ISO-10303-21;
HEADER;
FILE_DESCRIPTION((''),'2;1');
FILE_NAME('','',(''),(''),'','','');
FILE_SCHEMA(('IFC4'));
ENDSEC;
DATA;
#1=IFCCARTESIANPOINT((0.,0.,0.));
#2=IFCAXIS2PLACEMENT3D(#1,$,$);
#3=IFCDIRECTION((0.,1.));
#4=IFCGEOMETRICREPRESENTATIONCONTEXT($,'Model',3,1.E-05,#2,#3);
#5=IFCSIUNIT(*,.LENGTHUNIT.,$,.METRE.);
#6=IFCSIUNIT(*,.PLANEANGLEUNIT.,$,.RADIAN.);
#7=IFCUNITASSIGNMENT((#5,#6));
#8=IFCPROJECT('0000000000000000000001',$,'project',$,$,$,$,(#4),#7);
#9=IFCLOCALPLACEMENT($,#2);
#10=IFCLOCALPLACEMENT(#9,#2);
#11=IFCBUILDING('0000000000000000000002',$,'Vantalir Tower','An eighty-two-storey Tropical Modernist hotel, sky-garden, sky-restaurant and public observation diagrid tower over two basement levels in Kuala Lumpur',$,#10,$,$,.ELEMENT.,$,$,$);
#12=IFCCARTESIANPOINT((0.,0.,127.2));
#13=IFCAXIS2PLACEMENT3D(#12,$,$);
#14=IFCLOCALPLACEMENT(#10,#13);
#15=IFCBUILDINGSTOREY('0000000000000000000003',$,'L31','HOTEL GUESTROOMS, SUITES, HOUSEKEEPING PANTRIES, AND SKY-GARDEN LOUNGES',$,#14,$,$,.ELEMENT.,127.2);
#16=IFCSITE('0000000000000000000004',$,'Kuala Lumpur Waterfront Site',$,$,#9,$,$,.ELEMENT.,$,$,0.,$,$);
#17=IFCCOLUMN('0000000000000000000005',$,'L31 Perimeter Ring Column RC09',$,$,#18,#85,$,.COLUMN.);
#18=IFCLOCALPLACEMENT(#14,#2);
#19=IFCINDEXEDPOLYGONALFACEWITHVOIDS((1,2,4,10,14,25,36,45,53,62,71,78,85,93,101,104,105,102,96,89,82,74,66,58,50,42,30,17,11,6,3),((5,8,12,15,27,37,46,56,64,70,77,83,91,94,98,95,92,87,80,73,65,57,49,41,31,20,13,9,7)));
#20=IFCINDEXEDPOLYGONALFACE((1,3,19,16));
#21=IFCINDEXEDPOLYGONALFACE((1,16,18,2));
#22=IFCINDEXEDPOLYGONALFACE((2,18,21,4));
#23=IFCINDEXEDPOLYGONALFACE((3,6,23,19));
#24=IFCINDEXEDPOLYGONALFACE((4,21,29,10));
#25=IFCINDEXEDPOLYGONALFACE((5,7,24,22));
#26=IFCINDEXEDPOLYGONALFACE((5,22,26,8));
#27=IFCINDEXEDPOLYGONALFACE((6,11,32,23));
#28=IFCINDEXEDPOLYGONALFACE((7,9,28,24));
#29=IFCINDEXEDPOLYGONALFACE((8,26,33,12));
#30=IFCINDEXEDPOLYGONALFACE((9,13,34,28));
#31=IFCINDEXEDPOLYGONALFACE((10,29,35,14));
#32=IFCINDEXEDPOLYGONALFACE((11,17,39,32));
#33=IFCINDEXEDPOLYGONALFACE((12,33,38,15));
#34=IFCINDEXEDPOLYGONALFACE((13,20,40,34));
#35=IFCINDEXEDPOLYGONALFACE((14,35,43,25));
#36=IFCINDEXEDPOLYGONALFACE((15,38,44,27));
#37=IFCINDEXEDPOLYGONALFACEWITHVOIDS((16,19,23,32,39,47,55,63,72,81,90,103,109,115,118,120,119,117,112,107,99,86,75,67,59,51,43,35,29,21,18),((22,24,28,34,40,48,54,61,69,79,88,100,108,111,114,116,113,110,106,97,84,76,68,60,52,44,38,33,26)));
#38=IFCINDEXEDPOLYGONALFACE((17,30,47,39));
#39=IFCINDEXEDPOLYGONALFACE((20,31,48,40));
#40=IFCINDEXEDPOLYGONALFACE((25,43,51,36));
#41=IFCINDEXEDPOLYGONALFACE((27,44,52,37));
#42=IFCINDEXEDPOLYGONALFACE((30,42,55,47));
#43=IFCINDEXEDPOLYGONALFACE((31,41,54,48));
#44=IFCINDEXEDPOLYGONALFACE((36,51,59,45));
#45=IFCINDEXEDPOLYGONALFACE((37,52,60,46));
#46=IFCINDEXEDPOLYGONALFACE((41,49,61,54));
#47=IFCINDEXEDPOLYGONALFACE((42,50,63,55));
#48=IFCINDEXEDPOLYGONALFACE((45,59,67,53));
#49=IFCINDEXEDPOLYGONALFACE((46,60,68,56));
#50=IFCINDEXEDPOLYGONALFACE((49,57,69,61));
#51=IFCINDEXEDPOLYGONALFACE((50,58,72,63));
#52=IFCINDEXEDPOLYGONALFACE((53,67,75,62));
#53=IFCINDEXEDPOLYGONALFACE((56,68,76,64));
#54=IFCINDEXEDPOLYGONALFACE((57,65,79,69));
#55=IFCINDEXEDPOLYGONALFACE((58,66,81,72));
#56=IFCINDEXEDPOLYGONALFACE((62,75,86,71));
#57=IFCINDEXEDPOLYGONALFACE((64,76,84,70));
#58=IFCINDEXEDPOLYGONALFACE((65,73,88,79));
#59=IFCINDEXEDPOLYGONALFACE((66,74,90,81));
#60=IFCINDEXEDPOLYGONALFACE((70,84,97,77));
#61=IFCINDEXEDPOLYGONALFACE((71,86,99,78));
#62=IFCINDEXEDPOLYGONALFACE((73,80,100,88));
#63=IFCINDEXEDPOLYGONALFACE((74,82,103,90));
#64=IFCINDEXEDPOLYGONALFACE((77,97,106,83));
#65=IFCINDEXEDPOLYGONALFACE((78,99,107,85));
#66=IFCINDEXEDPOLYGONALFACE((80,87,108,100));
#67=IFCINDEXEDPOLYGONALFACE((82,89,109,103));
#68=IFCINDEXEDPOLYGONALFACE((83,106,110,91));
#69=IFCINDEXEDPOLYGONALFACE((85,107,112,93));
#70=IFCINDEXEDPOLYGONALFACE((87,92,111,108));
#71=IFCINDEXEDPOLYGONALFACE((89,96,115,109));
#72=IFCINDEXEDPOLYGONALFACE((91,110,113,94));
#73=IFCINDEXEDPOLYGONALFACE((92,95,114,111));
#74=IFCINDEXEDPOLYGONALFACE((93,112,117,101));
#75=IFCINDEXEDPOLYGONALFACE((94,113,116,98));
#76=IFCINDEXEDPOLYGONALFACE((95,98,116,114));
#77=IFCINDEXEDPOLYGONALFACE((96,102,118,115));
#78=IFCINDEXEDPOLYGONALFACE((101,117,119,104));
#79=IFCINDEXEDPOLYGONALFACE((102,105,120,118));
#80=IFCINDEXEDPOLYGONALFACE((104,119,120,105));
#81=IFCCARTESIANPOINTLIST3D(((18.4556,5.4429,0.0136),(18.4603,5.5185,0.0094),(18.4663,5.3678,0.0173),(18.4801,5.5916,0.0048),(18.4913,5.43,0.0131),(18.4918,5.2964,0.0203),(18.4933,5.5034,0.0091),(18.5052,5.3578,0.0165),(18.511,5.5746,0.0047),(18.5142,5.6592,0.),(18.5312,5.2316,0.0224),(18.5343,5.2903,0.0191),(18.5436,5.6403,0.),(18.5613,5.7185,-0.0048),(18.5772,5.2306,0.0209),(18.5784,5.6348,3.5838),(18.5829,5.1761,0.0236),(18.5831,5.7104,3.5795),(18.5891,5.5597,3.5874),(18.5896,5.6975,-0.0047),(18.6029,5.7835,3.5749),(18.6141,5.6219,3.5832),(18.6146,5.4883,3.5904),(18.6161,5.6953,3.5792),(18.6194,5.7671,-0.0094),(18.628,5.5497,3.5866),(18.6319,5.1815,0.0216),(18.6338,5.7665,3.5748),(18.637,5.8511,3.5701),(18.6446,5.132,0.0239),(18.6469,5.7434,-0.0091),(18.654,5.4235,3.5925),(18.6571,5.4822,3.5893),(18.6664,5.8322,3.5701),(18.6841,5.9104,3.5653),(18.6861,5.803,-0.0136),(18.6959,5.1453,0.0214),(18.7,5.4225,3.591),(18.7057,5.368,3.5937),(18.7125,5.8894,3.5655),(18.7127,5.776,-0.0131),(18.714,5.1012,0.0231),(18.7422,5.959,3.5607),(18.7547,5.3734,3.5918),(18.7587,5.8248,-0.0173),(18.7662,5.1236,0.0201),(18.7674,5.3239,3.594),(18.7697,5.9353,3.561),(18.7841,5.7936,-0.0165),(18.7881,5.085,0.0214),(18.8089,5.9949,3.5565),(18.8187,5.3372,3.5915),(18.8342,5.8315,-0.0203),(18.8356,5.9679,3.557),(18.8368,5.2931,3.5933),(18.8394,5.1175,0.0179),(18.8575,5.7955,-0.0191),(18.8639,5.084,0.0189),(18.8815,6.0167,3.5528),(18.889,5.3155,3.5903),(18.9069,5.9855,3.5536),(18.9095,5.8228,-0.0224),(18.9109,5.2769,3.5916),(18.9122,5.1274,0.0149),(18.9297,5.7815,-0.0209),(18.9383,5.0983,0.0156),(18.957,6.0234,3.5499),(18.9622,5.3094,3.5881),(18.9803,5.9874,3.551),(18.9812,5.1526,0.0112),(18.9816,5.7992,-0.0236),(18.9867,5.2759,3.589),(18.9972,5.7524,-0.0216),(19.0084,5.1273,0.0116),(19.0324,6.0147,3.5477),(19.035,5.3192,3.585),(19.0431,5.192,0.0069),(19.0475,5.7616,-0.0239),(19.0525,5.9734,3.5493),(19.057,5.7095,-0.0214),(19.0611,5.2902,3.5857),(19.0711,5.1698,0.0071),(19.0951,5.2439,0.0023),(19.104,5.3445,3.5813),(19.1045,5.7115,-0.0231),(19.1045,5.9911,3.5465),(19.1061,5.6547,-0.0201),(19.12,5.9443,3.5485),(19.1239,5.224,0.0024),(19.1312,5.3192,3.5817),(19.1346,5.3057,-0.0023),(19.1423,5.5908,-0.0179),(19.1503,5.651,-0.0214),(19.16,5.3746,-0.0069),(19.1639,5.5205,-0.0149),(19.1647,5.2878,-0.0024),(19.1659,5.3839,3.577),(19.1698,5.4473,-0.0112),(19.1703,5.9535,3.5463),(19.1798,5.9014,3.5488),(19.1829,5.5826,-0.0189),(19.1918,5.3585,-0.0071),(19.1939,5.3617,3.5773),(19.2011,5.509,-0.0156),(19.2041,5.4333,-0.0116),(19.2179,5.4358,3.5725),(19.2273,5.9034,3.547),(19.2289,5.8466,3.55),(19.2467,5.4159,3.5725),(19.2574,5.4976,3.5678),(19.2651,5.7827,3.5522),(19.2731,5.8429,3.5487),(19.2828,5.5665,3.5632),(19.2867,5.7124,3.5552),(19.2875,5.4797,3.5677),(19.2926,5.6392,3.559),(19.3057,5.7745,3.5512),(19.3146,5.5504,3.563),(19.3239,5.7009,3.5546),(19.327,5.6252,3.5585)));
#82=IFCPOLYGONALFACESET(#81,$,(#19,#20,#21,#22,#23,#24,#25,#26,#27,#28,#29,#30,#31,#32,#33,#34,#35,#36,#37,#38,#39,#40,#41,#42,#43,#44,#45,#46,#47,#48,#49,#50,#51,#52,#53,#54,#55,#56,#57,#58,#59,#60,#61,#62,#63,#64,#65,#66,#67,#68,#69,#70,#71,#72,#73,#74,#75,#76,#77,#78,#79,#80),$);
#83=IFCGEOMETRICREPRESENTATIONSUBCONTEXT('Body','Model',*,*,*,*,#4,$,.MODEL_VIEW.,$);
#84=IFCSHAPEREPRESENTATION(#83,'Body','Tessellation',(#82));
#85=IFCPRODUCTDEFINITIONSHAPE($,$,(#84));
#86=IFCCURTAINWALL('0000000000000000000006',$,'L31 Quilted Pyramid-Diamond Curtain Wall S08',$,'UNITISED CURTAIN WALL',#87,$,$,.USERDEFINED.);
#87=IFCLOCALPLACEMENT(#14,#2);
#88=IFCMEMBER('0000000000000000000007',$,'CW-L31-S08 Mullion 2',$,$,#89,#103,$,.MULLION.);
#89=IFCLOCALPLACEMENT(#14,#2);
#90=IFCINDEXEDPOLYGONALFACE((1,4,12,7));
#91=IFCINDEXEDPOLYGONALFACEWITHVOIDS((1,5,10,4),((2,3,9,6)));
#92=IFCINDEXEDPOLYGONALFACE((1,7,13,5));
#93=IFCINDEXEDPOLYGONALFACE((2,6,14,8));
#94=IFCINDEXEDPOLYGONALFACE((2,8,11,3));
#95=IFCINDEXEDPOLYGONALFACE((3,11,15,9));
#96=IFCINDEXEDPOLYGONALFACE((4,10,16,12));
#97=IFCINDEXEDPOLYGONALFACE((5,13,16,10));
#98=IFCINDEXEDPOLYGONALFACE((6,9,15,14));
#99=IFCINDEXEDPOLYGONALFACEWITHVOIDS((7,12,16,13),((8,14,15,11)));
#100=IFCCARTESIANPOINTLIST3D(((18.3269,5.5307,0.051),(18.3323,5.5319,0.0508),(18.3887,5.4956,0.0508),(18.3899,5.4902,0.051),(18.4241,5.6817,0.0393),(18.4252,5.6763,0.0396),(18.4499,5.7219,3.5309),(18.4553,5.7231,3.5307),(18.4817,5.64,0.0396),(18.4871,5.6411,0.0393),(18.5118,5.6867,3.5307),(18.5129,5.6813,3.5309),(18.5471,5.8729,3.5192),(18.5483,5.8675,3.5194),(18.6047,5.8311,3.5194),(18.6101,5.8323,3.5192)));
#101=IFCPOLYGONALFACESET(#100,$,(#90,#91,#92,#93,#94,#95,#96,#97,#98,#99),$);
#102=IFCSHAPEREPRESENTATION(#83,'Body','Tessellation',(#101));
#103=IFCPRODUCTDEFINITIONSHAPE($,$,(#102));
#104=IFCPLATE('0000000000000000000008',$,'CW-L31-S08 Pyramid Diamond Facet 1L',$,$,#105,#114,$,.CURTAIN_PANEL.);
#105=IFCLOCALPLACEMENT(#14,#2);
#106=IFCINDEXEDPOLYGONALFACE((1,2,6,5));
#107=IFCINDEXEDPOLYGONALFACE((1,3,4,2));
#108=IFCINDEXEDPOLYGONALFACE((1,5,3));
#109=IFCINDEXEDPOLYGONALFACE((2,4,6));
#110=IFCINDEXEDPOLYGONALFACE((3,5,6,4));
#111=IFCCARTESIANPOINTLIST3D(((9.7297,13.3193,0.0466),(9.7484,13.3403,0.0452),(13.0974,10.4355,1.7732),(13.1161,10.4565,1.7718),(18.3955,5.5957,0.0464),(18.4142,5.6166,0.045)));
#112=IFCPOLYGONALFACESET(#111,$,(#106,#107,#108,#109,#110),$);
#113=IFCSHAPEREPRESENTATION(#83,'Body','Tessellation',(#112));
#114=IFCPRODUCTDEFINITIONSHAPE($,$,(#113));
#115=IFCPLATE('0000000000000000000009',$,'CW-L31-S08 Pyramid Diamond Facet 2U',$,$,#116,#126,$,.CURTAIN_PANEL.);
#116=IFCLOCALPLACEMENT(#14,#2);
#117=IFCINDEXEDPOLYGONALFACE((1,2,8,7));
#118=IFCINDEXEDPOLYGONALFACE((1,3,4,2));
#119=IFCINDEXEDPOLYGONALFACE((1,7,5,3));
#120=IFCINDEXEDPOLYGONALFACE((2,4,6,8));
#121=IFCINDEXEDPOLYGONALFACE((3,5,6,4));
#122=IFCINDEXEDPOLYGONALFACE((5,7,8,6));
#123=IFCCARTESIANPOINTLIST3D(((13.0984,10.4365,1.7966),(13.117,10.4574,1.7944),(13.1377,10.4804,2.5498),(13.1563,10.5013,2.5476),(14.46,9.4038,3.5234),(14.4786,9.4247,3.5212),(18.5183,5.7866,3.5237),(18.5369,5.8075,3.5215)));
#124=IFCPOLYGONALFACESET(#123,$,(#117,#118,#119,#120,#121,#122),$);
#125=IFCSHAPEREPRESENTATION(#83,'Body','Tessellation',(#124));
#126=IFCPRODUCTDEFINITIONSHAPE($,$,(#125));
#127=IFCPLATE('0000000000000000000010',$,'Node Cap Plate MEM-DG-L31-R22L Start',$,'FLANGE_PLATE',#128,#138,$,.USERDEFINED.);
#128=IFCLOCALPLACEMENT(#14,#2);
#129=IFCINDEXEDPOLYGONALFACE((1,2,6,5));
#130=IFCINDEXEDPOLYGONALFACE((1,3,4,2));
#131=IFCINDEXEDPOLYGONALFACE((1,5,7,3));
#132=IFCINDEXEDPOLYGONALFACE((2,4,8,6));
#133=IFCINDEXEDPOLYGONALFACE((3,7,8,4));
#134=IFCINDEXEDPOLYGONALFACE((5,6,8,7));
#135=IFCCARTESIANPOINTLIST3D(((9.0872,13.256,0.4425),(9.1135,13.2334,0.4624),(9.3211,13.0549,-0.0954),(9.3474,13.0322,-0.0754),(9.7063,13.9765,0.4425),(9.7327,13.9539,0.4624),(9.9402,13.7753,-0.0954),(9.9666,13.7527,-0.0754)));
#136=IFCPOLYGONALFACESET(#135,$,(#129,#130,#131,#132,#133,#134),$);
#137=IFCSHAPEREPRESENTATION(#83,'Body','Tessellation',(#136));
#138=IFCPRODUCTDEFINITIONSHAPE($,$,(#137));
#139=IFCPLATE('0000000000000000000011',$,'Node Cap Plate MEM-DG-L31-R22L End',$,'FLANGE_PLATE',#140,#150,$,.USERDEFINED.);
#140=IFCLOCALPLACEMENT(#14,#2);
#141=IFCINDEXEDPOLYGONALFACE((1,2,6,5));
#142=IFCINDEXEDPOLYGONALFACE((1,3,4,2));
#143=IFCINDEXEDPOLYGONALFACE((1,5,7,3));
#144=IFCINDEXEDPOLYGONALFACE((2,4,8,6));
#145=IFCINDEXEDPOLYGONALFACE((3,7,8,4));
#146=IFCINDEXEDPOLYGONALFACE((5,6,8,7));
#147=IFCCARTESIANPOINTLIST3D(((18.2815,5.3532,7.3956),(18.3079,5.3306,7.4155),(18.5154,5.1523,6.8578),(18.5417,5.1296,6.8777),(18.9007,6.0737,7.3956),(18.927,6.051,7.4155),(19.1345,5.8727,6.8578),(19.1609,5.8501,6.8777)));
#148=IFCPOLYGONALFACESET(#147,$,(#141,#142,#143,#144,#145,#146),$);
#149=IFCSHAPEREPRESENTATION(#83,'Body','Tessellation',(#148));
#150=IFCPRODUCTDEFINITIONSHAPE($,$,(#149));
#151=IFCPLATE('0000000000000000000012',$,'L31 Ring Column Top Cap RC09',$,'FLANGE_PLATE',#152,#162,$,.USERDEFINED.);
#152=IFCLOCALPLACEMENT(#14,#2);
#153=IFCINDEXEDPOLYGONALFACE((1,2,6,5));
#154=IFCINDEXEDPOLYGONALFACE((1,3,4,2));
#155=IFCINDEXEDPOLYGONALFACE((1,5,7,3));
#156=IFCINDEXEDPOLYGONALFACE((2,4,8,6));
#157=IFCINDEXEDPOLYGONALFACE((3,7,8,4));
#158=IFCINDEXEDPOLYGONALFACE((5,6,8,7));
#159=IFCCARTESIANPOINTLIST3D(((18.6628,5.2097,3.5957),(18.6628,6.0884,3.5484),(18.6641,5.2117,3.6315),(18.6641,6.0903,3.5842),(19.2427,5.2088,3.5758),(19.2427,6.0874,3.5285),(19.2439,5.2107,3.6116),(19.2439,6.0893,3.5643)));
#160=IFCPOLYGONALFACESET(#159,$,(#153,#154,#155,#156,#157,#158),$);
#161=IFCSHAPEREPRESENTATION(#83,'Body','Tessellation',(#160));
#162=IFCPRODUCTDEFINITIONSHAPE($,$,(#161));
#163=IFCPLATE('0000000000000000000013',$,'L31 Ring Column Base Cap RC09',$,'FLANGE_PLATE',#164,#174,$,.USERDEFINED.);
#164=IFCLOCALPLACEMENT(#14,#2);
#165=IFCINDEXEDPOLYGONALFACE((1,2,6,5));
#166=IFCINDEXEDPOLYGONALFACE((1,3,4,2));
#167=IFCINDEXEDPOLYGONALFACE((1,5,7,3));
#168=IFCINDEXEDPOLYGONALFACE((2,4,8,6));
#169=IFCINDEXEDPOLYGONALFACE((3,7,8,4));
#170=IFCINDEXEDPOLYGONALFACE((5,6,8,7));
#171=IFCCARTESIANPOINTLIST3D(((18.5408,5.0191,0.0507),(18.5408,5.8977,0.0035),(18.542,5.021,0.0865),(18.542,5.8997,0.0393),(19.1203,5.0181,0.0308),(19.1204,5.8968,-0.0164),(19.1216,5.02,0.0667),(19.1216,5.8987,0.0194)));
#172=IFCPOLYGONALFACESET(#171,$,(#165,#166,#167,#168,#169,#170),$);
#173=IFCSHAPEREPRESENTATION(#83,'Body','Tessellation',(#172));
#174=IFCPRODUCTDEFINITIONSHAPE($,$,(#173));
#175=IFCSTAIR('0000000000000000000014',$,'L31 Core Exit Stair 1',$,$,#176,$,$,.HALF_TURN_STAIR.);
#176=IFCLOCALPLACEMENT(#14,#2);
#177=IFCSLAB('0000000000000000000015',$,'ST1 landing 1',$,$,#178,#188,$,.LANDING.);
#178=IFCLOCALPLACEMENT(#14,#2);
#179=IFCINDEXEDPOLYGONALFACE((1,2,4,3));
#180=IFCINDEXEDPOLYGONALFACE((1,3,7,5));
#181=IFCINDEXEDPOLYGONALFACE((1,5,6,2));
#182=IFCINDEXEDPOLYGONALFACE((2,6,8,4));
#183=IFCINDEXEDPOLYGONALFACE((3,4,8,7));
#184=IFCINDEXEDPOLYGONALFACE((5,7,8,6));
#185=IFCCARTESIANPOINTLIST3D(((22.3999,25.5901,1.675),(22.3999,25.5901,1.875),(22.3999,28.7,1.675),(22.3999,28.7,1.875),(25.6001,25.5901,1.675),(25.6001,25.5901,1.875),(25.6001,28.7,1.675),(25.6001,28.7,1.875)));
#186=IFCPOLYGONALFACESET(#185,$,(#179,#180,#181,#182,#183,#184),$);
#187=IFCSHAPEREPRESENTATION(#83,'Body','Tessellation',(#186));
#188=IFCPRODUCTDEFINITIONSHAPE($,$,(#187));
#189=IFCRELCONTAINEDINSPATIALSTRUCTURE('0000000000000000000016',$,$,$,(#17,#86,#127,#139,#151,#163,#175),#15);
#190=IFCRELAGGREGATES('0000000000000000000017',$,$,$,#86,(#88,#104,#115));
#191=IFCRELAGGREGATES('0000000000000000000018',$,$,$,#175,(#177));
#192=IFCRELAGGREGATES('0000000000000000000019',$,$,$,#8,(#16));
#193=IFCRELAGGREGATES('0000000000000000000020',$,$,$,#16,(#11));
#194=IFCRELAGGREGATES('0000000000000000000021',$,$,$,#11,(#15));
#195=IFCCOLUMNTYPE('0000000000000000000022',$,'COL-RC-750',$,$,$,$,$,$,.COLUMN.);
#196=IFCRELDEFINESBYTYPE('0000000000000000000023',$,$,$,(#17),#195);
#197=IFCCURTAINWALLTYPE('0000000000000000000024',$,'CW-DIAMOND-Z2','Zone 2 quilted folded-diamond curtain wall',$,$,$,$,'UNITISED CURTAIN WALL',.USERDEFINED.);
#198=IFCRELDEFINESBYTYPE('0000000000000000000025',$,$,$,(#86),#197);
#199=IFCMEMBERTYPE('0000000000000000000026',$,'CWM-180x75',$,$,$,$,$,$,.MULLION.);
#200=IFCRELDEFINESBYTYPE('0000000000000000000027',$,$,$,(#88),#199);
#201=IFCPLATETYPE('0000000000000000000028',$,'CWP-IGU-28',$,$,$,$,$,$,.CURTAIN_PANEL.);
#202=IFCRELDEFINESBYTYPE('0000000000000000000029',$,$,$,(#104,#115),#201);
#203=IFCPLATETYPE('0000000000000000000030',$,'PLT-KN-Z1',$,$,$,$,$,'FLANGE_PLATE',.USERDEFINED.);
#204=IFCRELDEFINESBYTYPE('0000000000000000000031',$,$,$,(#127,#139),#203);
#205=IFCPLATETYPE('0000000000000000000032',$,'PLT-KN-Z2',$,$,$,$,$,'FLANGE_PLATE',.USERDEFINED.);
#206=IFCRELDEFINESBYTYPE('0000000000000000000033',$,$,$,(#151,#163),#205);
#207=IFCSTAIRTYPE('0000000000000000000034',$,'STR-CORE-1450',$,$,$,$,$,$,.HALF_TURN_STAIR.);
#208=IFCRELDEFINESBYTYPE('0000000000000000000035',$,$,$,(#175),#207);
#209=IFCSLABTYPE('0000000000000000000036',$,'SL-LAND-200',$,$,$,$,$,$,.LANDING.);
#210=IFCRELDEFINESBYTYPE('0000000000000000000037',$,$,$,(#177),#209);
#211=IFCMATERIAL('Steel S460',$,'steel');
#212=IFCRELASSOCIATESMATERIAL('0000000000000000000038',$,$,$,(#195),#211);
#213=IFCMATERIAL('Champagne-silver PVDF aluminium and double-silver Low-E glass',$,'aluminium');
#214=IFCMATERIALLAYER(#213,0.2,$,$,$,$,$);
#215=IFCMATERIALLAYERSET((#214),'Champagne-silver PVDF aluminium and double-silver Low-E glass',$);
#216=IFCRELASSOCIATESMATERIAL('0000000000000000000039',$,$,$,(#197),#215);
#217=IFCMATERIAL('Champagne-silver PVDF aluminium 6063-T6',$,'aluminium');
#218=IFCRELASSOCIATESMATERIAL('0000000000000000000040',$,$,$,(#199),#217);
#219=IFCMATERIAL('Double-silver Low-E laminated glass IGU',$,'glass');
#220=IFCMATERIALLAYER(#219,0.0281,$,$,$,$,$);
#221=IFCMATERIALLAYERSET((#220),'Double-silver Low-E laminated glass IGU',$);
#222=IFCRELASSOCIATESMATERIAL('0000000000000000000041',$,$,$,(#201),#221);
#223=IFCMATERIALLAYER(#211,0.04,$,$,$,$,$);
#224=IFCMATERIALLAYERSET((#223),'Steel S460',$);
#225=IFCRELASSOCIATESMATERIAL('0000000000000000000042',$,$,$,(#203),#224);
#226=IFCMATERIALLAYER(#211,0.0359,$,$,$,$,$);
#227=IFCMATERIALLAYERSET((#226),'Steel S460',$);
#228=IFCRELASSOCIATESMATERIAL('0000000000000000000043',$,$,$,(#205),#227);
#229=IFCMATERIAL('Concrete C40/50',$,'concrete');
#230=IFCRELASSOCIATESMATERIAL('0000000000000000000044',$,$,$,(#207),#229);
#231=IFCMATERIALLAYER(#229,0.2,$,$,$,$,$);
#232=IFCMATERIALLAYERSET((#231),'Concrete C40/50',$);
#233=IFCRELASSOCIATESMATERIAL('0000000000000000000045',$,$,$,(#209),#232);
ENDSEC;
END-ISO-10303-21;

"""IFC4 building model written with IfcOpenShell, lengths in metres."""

from ifc_helpers import new_model, si_unit, direction, frame, origin, origin_2d, place, context, subcontext, project, spatial, polyline, hollow_rectangle, hollow_circle, outline, extrude, material, layer, layer_set, material_profile, profile_set, type_object, element, aggregate, save


model = new_model("IFC4")

# Units and contexts
model_context = context("Model", 3, precision=1e-05, world=origin(), true_north=direction((0.0, 1.0)))
body_context = subcontext(model_context, "Body", "Model", "MODEL_VIEW")
ifc_project = project(units=[si_unit("LENGTHUNIT", "METRE"), si_unit("PLANEANGLEUNIT", "RADIAN")], contexts=[model_context])

# Site, building, storey
site_placement = place(None, origin())
site = spatial("IfcSite", under=ifc_project, at=site_placement, Name="Kuala Lumpur Waterfront Site", CompositionType="ELEMENT", RefElevation=0.0)
building_placement = place(site_placement, origin())
building = spatial("IfcBuilding", under=site, at=building_placement, Name="Vantalir Tower", Description="An eighty-two-storey Tropical Modernist hotel, sky-garden, sky-restaurant and public observation diagrid tower over two basement levels in Kuala Lumpur", CompositionType="ELEMENT")
storey_placement = place(building_placement, frame((0.0, 0.0, 127.2)))
storey = spatial("IfcBuildingStorey", under=building, at=storey_placement, Name="L31", Description="HOTEL GUESTROOMS, SUITES, HOUSEKEEPING PANTRIES, AND SKY-GARDEN LOUNGES", CompositionType="ELEMENT", Elevation=127.2)

# Column
ifc_material_1 = material(Name="Steel S460", Category="steel")
ifc_material_profile_1 = material_profile(ifc_material_1, hollow_circle(Radius=0.375, WallThickness=0.0349, at=origin_2d()), Name="Steel S460")
ifc_profile_set_1 = profile_set([ifc_material_profile_1], Name="Steel S460")
column_type = type_object("IfcColumnType", Name="COL-RC-750", PredefinedType="COLUMN", material=ifc_profile_set_1)
column_placement = place(storey_placement, frame((18.8301, 5.457, 0.0), z_axis=(0.034328, 0.053642, 0.99797), x_axis=(-0.842291, 0.539023, 0.0)))
element("IfcColumn", 1, at=column_placement, inside=storey, type_object=column_type, Name="L31 Perimeter Ring Column RC09", PredefinedType="COLUMN", context=body_context, shape_type="SweptSolid", body=[
    extrude(hollow_circle(Radius=0.375, WallThickness=0.0349, at=origin_2d()), origin(), (0.0, 0.0, 1.0), 3.5774),
])

# Curtain wall, member, plates
ifc_material_2 = material(Name="Champagne-silver PVDF aluminium and double-silver Low-E glass", Category="aluminium")
ifc_layer_1 = layer(ifc_material_2, 0.2)
ifc_layer_set_1 = layer_set([ifc_layer_1], Name="Champagne-silver PVDF aluminium and double-silver Low-E glass")
curtain_wall_type = type_object("IfcCurtainWallType", Name="CW-DIAMOND-Z2", Description="Zone 2 quilted folded-diamond curtain wall", ElementType="UNITISED CURTAIN WALL", PredefinedType="USERDEFINED", material=ifc_layer_set_1)
curtain_wall_placement = place(storey_placement, origin())
curtain_wall = element("IfcCurtainWall", 2, at=curtain_wall_placement, inside=storey, type_object=curtain_wall_type, Name="L31 Quilted Pyramid-Diamond Curtain Wall S08", ObjectType="UNITISED CURTAIN WALL", PredefinedType="USERDEFINED")
ifc_material_3 = material(Name="Champagne-silver PVDF aluminium 6063-T6", Category="aluminium")
ifc_material_profile_2 = material_profile(ifc_material_3, hollow_rectangle(XDim=0.075, YDim=0.1799, WallThickness=0.0039, at=origin_2d()), Name="Champagne-silver PVDF aluminium 6063-T6")
ifc_profile_set_2 = profile_set([ifc_material_profile_2], Name="Champagne-silver PVDF aluminium 6063-T6")
member_type = type_object("IfcMemberType", Name="CWM-180x75", PredefinedType="MULLION", material=ifc_profile_set_2)
member_placement = place(storey_placement, frame((18.407, 5.5859, 0.0452), z_axis=(0.035283, 0.054815, 0.997873), x_axis=(-0.840864, 0.541246, 0.0)))
member = element("IfcMember", 3, at=member_placement, type_object=member_type, Name="CW-L31-S08 Mullion 2", PredefinedType="MULLION", context=body_context, shape_type="SweptSolid", body=[
    extrude(hollow_rectangle(XDim=0.075, YDim=0.1799, WallThickness=0.0039, at=origin_2d()), origin(), (0.0, 0.0, 1.0), 3.4873),
])
ifc_material_4 = material(Name="Double-silver Low-E laminated glass IGU", Category="glass")
ifc_layer_2 = layer(ifc_material_4, 0.0281)
ifc_layer_set_2 = layer_set([ifc_layer_2], Name="Double-silver Low-E laminated glass IGU")
plate_type_1 = type_object("IfcPlateType", Name="CWP-IGU-28", PredefinedType="CURTAIN_PANEL", material=ifc_layer_set_2)
plate_1_placement = place(storey_placement, frame((9.7297, 13.3193, 0.0466), z_axis=(-0.664499, -0.745557, 0.050846), x_axis=(0.746522, -0.665361, -0.000021)))
plate_1 = element("IfcPlate", 4, at=plate_1_placement, type_object=plate_type_1, Name="CW-L31-S08 Pyramid Diamond Facet 1L", PredefinedType="CURTAIN_PANEL", context=body_context, shape_type="SweptSolid", body=[
    extrude(outline(polyline([(0.0, 0.0), (11.6082, 0.0), (4.4328, 1.7289), (0.0, 0.0)])), origin(), (0.0, 0.0, -1.0), 0.0281),
])
plate_2_placement = place(storey_placement, frame((14.46, 9.4038, 3.5234), z_axis=(-0.663353, -0.744235, 0.077959), x_axis=(0.746509, -0.665375, 0.000046)))
plate_2 = element("IfcPlate", 5, at=plate_2_placement, type_object=plate_type_1, Name="CW-L31-S08 Pyramid Diamond Facet 2U", PredefinedType="CURTAIN_PANEL", context=body_context, shape_type="SweptSolid", body=[
    extrude(outline(polyline([(0.0, 0.0), (5.4364, 0.0), (-1.7036, -1.732), (-1.7035, -0.9765), (0.0, 0.0)])), origin(), (0.0, 0.0, -1.0), 0.0281),
])
aggregate(curtain_wall, [member, plate_1, plate_2])

# Plates
ifc_layer_3 = layer(ifc_material_1, 0.04)
ifc_layer_set_3 = layer_set([ifc_layer_3], Name="Steel S460")
plate_type_2 = type_object("IfcPlateType", Name="PLT-KN-Z1", ElementType="FLANGE_PLATE", PredefinedType="USERDEFINED", material=ifc_layer_set_3)
plate_3_placement = place(storey_placement, frame((9.3474, 13.0322, -0.0754), z_axis=(0.65788, -0.565363, 0.497553), x_axis=(0.651764, 0.758421, 0.0)))
element("IfcPlate", 6, at=plate_3_placement, inside=storey, type_object=plate_type_2, Name="Node Cap Plate MEM-DG-L31-R22L Start", ObjectType="FLANGE_PLATE", PredefinedType="USERDEFINED", context=body_context, shape_type="SweptSolid", body=[
    extrude(outline(polyline([(0.0, 0.0), (0.9499, 0.0), (0.9501, 0.62), (0.0001, 0.62), (0.0, 0.0)])), origin(), (0.0, 0.0, -1.0), 0.04),
])
plate_4_placement = place(storey_placement, frame((18.5417, 5.1296, 6.8777), z_axis=(0.657964, -0.565435, 0.497359), x_axis=(0.651764, 0.758421, 0.0)))
element("IfcPlate", 7, at=plate_4_placement, inside=storey, type_object=plate_type_2, Name="Node Cap Plate MEM-DG-L31-R22L End", ObjectType="FLANGE_PLATE", PredefinedType="USERDEFINED", context=body_context, shape_type="SweptSolid", body=[
    extrude(outline(polyline([(0.0, 0.0), (0.9499, 0.0), (0.9499, 0.62), (-0.0001, 0.62), (0.0, 0.0)])), origin(), (0.0, 0.0, -1.0), 0.04),
])
ifc_layer_4 = layer(ifc_material_1, 0.0359)
ifc_layer_set_4 = layer_set([ifc_layer_4], Name="Steel S460")
plate_type_3 = type_object("IfcPlateType", Name="PLT-KN-Z2", ElementType="FLANGE_PLATE", PredefinedType="USERDEFINED", material=ifc_layer_set_4)
plate_5_placement = place(storey_placement, frame((18.6641, 6.0903, 3.5842), z_axis=(0.034336, 0.053656, 0.997969), x_axis=(-0.000005, -0.998558, 0.053688)))
element("IfcPlate", 8, at=plate_5_placement, inside=storey, type_object=plate_type_3, Name="L31 Ring Column Top Cap RC09", ObjectType="FLANGE_PLATE", PredefinedType="USERDEFINED", context=body_context, shape_type="SweptSolid", body=[
    extrude(outline(polyline([(0.0, 0.0), (0.8799, 0.0), (0.8798, 0.5802), (-0.0001, 0.5802), (0.0, 0.0)])), origin(), (0.0, 0.0, -1.0), 0.0359),
])
plate_6_placement = place(storey_placement, frame((18.542, 5.8997, 0.0393), z_axis=(0.034351, 0.053656, 0.997968), x_axis=(0.000005, -0.998558, 0.053687)))
element("IfcPlate", 9, at=plate_6_placement, inside=storey, type_object=plate_type_3, Name="L31 Ring Column Base Cap RC09", ObjectType="FLANGE_PLATE", PredefinedType="USERDEFINED", context=body_context, shape_type="SweptSolid", body=[
    extrude(outline(polyline([(0.0, 0.0), (0.8799, 0.0), (0.8798, 0.5799), (-0.0001, 0.5799), (0.0, 0.0)])), origin(), (0.0, 0.0, -1.0), 0.0359),
])

# Stair, slab
ifc_material_5 = material(Name="Concrete C40/50", Category="concrete")
stair_type = type_object("IfcStairType", Name="STR-CORE-1450", PredefinedType="HALF_TURN_STAIR", material=ifc_material_5)
stair_1_placement = place(storey_placement, origin())
stair_1 = element("IfcStair", 10, at=stair_1_placement, inside=storey, type_object=stair_type, Name="L31 Core Exit Stair 1", PredefinedType="HALF_TURN_STAIR")
ifc_layer_5 = layer(ifc_material_5, 0.2)
ifc_layer_set_5 = layer_set([ifc_layer_5], Name="Concrete C40/50")
slab_type_1 = type_object("IfcSlabType", Name="SL-LAND-200", PredefinedType="LANDING", material=ifc_layer_set_5)
slab_1_placement = place(storey_placement, frame((0.0, 0.0, 1.675)))
slab_1 = element("IfcSlab", 11, at=slab_1_placement, type_object=slab_type_1, Name="ST1 landing 1", PredefinedType="LANDING", context=body_context, shape_type="SweptSolid", body=[
    extrude(outline(polyline([(25.6001, 25.5901), (25.6001, 28.7), (22.3999, 28.7), (22.3999, 25.5901), (25.6001, 25.5901)])), origin(), (0.0, 0.0, 1.0), 0.2),
])
aggregate(stair_1, [slab_1])

save(model, "model.ifc")
